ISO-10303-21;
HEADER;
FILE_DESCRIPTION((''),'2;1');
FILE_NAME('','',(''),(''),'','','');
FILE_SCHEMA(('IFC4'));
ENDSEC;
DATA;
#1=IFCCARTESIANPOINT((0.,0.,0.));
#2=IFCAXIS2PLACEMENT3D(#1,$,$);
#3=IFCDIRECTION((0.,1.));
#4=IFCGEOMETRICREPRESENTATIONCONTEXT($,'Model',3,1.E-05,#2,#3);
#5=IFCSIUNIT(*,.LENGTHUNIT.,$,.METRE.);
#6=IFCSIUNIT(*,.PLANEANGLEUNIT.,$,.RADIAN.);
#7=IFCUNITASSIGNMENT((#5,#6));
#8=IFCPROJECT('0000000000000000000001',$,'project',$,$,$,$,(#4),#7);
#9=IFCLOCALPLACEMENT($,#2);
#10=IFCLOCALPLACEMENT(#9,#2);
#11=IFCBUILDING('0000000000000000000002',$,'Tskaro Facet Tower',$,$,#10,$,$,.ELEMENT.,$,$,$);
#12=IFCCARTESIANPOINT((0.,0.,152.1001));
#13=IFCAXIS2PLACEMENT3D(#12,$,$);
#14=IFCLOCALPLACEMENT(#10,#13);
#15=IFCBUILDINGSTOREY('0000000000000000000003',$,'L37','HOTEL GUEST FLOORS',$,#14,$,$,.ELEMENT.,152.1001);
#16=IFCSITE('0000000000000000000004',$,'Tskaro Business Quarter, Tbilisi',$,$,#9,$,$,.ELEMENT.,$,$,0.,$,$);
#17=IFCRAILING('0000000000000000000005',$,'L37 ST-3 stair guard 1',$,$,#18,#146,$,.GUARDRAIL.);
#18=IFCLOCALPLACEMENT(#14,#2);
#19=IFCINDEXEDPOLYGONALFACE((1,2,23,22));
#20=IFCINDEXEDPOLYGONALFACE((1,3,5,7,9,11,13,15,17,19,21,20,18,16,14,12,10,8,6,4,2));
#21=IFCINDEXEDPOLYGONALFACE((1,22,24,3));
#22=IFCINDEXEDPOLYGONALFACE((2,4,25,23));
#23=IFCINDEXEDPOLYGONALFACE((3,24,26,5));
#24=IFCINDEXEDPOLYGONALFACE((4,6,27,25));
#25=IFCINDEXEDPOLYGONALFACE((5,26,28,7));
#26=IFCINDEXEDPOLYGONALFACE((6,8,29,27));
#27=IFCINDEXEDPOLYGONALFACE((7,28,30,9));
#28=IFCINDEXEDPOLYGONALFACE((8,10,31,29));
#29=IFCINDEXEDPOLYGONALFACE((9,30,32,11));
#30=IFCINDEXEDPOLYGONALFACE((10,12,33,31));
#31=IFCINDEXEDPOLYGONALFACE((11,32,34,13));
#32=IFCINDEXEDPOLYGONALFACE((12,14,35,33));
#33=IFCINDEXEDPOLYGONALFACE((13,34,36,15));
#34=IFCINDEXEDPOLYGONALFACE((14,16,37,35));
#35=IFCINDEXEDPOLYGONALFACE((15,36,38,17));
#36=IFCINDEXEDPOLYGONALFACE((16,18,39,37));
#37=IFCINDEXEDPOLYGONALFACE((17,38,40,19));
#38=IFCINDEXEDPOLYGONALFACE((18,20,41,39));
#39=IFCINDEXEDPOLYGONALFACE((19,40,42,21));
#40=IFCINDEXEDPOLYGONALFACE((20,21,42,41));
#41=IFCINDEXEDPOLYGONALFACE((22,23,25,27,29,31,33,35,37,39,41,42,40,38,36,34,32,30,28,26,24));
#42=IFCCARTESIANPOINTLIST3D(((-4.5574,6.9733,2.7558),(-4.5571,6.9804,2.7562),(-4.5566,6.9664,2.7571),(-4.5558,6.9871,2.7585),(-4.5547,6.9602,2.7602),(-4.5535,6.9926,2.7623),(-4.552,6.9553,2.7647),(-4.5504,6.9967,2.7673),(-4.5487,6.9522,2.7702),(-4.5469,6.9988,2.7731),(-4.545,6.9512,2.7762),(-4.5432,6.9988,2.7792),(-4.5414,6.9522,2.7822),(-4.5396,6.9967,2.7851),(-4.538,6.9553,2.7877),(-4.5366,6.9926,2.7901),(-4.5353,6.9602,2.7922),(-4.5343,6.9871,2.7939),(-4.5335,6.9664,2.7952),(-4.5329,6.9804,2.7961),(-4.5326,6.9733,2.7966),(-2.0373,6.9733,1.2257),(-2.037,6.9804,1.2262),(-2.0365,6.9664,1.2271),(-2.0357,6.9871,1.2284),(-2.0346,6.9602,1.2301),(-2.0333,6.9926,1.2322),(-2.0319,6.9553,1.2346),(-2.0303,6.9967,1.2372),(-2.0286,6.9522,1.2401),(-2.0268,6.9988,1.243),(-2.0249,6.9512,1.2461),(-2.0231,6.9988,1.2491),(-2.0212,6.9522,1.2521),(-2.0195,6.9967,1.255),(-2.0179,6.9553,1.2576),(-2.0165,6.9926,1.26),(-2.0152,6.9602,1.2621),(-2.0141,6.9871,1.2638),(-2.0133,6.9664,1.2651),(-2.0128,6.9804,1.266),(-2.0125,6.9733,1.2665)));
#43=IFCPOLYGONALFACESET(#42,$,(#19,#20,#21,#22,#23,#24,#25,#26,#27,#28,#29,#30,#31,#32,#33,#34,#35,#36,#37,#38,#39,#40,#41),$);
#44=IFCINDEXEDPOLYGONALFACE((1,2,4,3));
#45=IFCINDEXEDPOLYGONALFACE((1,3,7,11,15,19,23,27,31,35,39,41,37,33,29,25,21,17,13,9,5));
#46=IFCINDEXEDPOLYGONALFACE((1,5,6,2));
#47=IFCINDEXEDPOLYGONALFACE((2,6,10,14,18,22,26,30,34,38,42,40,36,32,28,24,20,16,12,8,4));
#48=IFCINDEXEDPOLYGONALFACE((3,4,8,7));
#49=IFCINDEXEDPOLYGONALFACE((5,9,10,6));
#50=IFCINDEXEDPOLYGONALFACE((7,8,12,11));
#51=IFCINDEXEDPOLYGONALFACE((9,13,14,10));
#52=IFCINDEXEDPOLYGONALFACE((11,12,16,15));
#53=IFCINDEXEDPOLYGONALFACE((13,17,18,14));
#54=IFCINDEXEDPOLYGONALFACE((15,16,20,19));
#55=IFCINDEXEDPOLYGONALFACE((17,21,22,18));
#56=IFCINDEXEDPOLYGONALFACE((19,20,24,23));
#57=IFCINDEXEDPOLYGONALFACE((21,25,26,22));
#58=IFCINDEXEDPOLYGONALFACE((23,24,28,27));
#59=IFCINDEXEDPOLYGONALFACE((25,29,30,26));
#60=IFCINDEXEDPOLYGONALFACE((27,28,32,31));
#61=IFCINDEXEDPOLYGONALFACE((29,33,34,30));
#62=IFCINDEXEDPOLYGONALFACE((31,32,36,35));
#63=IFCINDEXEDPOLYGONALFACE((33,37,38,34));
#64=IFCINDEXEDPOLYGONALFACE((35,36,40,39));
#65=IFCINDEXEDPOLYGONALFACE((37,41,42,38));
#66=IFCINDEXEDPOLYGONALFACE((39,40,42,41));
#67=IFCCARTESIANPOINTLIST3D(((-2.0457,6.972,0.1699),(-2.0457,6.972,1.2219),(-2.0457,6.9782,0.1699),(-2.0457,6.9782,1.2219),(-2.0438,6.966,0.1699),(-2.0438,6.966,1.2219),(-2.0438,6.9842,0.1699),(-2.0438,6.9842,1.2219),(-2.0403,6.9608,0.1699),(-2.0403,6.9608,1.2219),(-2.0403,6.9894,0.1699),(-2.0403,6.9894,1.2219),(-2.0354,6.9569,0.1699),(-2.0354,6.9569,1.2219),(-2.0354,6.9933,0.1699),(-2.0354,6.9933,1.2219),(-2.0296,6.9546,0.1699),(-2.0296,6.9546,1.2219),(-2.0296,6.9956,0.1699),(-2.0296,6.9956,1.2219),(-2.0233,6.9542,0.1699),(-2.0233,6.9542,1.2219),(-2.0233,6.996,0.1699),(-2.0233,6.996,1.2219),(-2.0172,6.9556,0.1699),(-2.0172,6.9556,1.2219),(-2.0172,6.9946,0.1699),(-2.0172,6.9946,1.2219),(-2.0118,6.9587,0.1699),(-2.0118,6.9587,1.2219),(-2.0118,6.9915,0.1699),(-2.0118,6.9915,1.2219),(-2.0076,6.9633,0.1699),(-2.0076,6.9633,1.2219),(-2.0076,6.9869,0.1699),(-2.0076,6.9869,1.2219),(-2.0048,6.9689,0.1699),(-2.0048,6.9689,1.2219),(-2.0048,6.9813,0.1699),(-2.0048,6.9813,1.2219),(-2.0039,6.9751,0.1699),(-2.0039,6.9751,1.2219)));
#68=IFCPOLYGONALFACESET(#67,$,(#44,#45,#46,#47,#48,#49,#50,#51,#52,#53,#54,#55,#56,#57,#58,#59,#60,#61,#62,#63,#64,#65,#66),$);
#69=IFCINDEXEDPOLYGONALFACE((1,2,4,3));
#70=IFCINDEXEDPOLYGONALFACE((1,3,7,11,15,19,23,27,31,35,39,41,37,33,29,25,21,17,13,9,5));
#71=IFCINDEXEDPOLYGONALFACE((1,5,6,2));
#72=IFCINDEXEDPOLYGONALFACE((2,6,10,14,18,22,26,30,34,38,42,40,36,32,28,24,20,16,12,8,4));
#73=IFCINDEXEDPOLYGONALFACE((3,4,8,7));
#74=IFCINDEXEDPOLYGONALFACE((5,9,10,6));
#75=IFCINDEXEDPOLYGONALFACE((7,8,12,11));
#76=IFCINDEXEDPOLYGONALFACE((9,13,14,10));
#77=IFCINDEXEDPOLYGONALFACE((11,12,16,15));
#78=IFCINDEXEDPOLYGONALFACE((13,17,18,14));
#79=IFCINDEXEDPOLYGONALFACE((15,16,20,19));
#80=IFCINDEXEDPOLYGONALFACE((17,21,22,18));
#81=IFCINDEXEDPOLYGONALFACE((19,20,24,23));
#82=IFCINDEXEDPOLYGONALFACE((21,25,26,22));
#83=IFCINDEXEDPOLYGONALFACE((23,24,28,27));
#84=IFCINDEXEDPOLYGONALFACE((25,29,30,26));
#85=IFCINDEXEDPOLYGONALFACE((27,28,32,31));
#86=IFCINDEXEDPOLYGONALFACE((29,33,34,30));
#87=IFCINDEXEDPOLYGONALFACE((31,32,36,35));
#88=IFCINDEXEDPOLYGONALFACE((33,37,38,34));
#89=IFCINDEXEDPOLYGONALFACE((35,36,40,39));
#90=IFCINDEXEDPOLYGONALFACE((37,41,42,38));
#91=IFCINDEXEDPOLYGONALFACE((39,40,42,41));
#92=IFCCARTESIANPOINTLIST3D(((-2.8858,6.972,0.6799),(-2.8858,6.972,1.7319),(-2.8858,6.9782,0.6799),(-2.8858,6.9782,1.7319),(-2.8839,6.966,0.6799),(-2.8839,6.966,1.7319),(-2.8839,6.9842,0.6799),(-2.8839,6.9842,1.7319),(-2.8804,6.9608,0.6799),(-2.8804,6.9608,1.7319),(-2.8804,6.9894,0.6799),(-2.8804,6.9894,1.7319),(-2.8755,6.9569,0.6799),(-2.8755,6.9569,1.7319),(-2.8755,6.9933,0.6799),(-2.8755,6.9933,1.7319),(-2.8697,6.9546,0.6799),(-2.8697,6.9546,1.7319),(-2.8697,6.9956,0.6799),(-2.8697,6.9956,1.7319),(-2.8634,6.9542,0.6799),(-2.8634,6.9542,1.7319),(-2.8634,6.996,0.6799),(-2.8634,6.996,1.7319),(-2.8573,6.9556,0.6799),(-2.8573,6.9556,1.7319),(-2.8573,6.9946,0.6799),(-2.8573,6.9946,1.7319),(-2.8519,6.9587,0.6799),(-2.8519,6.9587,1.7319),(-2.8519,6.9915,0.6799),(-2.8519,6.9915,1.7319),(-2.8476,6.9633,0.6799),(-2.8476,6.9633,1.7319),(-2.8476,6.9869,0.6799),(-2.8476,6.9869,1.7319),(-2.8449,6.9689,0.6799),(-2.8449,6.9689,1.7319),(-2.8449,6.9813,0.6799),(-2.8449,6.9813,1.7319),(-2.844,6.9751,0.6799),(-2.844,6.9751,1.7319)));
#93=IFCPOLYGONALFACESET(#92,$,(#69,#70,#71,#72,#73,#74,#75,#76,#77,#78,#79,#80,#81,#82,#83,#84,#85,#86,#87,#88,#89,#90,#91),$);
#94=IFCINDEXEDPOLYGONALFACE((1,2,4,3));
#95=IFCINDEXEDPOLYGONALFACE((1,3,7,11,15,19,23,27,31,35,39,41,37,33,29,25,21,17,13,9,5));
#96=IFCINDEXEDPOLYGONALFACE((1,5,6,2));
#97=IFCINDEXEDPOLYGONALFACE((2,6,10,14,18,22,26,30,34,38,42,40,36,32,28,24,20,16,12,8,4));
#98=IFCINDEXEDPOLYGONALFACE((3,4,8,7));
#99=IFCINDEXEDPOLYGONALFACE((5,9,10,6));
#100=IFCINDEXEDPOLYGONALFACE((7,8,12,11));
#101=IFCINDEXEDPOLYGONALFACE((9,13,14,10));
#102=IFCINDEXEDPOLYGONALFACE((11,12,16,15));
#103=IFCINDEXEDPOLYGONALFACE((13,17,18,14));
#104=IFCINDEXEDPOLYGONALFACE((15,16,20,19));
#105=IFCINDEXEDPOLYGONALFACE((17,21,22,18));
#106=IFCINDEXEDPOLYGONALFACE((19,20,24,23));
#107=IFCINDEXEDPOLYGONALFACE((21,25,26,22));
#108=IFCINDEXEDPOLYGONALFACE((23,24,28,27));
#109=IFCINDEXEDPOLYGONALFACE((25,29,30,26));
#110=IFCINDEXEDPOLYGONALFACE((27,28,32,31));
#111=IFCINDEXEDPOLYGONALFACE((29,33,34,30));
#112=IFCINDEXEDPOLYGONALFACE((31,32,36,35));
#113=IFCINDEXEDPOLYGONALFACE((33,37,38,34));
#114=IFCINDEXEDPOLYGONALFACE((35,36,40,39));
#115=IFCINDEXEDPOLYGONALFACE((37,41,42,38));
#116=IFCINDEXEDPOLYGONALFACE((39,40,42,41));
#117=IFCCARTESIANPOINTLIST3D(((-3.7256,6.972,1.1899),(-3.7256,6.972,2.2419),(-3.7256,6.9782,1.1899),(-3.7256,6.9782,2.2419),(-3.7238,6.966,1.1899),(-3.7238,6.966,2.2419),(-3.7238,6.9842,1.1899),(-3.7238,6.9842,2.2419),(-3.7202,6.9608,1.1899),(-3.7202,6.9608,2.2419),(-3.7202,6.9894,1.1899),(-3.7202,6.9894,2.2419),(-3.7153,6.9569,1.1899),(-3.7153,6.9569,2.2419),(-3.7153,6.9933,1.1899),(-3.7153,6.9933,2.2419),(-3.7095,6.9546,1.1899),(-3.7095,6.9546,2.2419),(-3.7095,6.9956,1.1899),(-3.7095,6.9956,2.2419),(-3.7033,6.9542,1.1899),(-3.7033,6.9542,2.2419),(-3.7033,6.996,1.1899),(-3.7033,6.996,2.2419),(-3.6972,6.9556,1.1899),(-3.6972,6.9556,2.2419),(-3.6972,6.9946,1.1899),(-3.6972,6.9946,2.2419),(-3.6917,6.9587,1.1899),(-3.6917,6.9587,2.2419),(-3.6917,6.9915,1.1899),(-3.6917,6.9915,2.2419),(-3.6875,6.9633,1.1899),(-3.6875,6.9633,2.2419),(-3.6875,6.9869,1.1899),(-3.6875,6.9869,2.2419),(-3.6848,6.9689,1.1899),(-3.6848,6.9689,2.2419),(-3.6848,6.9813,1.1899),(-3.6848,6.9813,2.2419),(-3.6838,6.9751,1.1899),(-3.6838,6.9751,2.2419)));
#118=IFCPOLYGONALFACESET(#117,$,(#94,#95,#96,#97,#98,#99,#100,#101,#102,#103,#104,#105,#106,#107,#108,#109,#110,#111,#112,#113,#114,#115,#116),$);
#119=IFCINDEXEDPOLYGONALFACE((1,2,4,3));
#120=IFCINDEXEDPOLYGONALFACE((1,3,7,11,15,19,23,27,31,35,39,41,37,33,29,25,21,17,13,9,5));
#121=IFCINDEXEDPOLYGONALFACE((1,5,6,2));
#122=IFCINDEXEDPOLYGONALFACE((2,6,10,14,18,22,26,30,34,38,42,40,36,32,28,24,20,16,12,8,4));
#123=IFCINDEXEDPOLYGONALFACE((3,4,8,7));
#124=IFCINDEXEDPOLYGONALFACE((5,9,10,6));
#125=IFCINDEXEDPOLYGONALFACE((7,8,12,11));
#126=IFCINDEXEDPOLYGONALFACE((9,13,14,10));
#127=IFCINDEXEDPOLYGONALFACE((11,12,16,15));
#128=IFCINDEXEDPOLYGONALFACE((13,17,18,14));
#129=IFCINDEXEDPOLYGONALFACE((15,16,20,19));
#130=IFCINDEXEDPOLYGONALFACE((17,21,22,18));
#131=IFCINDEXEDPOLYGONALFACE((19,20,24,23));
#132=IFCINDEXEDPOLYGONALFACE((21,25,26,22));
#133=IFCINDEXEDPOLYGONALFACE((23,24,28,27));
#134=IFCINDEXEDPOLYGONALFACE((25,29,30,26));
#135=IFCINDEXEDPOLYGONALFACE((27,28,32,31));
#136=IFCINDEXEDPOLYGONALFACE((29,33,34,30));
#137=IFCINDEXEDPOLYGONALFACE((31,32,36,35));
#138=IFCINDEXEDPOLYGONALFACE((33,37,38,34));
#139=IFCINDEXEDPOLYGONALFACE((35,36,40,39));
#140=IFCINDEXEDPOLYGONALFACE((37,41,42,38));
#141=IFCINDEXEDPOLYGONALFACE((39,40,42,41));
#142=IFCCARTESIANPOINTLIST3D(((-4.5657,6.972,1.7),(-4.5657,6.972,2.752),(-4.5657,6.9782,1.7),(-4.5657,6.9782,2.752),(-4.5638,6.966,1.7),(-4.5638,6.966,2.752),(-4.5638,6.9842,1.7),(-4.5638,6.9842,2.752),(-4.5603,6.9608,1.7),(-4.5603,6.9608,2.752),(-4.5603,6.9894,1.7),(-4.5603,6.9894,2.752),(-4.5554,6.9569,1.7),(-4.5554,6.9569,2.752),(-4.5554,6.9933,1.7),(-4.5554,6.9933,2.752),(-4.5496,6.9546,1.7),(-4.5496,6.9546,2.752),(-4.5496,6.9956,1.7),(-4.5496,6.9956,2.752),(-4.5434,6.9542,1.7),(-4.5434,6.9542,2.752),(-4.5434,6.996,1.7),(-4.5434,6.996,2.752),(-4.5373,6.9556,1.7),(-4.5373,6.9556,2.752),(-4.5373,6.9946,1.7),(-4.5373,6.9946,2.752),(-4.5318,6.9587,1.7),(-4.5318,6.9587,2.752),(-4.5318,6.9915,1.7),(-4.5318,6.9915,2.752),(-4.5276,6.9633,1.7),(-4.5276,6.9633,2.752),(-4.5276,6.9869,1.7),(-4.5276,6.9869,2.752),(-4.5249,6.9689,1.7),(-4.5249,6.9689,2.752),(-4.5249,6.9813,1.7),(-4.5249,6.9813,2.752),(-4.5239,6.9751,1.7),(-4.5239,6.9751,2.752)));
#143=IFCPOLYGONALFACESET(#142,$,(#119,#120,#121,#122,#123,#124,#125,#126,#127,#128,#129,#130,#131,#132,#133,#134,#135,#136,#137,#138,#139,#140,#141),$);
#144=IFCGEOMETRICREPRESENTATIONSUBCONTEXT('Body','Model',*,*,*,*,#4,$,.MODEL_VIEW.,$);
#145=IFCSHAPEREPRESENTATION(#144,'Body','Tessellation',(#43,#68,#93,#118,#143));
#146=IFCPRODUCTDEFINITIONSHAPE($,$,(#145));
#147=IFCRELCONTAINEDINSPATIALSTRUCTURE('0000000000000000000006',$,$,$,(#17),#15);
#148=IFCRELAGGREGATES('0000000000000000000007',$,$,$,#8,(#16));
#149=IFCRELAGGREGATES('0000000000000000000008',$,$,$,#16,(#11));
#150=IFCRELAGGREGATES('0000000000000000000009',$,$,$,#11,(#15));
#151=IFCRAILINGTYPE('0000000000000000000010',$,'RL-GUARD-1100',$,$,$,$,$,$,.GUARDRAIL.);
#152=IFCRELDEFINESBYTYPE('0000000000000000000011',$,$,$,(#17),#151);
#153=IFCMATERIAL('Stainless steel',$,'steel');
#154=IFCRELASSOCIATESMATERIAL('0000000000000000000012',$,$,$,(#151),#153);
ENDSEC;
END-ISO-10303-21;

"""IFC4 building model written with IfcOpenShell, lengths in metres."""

from ifc_helpers import new_model, si_unit, direction, frame, origin, origin_2d, place, context, subcontext, project, spatial, circle, extrude, material, type_object, element, save


model = new_model("IFC4")

# Units and contexts
model_context = context("Model", 3, precision=1e-05, world=origin(), true_north=direction((0.0, 1.0)))
body_context = subcontext(model_context, "Body", "Model", "MODEL_VIEW")
ifc_project = project(units=[si_unit("LENGTHUNIT", "METRE"), si_unit("PLANEANGLEUNIT", "RADIAN")], contexts=[model_context])

# Site, building, storey
site_placement = place(None, origin())
site = spatial("IfcSite", under=ifc_project, at=site_placement, Name="Tskaro Business Quarter, Tbilisi", CompositionType="ELEMENT", RefElevation=0.0)
building_placement = place(site_placement, origin())
building = spatial("IfcBuilding", under=site, at=building_placement, Name="Tskaro Facet Tower", CompositionType="ELEMENT")
storey_placement = place(building_placement, frame((0.0, 0.0, 152.1001)))
storey = spatial("IfcBuildingStorey", under=building, at=storey_placement, Name="L37", Description="HOTEL GUEST FLOORS", CompositionType="ELEMENT", Elevation=152.1001)

# Railing
ifc_material_1 = material(Name="Stainless steel", Category="steel")
railing_type_1 = type_object("IfcRailingType", Name="RL-GUARD-1100", PredefinedType="GUARDRAIL", material=ifc_material_1)
railing_1_placement = place(storey_placement, frame((-2.0249, 6.9751, 0.1699)))
element("IfcRailing", 1, at=railing_1_placement, inside=storey, type_object=railing_type_1, Name="L37 ST-3 stair guard 1", PredefinedType="GUARDRAIL", context=body_context, shape_type="SweptSolid", body=[
    extrude(circle(Radius=0.0239, at=origin_2d()), frame((0.0, 0.0, 1.0762), z_axis=(-0.854785, 0.0, 0.518982), x_axis=(0.0, -1.0, 0.0)), (0.0, 0.0, 1.0), 2.9482),
    extrude(circle(Radius=0.021, at=origin_2d()), origin(), (0.0, 0.0, 1.0), 1.052),
    extrude(circle(Radius=0.021, at=origin_2d()), frame((-0.8401, 0.0, 0.51)), (0.0, 0.0, 1.0), 1.052),
    extrude(circle(Radius=0.021, at=origin_2d()), frame((-1.6799, 0.0, 1.02)), (0.0, 0.0, 1.0), 1.052),
    extrude(circle(Radius=0.021, at=origin_2d()), frame((-2.52, 0.0, 1.53)), (0.0, 0.0, 1.0), 1.052),
])

save(model, "model.ifc")
